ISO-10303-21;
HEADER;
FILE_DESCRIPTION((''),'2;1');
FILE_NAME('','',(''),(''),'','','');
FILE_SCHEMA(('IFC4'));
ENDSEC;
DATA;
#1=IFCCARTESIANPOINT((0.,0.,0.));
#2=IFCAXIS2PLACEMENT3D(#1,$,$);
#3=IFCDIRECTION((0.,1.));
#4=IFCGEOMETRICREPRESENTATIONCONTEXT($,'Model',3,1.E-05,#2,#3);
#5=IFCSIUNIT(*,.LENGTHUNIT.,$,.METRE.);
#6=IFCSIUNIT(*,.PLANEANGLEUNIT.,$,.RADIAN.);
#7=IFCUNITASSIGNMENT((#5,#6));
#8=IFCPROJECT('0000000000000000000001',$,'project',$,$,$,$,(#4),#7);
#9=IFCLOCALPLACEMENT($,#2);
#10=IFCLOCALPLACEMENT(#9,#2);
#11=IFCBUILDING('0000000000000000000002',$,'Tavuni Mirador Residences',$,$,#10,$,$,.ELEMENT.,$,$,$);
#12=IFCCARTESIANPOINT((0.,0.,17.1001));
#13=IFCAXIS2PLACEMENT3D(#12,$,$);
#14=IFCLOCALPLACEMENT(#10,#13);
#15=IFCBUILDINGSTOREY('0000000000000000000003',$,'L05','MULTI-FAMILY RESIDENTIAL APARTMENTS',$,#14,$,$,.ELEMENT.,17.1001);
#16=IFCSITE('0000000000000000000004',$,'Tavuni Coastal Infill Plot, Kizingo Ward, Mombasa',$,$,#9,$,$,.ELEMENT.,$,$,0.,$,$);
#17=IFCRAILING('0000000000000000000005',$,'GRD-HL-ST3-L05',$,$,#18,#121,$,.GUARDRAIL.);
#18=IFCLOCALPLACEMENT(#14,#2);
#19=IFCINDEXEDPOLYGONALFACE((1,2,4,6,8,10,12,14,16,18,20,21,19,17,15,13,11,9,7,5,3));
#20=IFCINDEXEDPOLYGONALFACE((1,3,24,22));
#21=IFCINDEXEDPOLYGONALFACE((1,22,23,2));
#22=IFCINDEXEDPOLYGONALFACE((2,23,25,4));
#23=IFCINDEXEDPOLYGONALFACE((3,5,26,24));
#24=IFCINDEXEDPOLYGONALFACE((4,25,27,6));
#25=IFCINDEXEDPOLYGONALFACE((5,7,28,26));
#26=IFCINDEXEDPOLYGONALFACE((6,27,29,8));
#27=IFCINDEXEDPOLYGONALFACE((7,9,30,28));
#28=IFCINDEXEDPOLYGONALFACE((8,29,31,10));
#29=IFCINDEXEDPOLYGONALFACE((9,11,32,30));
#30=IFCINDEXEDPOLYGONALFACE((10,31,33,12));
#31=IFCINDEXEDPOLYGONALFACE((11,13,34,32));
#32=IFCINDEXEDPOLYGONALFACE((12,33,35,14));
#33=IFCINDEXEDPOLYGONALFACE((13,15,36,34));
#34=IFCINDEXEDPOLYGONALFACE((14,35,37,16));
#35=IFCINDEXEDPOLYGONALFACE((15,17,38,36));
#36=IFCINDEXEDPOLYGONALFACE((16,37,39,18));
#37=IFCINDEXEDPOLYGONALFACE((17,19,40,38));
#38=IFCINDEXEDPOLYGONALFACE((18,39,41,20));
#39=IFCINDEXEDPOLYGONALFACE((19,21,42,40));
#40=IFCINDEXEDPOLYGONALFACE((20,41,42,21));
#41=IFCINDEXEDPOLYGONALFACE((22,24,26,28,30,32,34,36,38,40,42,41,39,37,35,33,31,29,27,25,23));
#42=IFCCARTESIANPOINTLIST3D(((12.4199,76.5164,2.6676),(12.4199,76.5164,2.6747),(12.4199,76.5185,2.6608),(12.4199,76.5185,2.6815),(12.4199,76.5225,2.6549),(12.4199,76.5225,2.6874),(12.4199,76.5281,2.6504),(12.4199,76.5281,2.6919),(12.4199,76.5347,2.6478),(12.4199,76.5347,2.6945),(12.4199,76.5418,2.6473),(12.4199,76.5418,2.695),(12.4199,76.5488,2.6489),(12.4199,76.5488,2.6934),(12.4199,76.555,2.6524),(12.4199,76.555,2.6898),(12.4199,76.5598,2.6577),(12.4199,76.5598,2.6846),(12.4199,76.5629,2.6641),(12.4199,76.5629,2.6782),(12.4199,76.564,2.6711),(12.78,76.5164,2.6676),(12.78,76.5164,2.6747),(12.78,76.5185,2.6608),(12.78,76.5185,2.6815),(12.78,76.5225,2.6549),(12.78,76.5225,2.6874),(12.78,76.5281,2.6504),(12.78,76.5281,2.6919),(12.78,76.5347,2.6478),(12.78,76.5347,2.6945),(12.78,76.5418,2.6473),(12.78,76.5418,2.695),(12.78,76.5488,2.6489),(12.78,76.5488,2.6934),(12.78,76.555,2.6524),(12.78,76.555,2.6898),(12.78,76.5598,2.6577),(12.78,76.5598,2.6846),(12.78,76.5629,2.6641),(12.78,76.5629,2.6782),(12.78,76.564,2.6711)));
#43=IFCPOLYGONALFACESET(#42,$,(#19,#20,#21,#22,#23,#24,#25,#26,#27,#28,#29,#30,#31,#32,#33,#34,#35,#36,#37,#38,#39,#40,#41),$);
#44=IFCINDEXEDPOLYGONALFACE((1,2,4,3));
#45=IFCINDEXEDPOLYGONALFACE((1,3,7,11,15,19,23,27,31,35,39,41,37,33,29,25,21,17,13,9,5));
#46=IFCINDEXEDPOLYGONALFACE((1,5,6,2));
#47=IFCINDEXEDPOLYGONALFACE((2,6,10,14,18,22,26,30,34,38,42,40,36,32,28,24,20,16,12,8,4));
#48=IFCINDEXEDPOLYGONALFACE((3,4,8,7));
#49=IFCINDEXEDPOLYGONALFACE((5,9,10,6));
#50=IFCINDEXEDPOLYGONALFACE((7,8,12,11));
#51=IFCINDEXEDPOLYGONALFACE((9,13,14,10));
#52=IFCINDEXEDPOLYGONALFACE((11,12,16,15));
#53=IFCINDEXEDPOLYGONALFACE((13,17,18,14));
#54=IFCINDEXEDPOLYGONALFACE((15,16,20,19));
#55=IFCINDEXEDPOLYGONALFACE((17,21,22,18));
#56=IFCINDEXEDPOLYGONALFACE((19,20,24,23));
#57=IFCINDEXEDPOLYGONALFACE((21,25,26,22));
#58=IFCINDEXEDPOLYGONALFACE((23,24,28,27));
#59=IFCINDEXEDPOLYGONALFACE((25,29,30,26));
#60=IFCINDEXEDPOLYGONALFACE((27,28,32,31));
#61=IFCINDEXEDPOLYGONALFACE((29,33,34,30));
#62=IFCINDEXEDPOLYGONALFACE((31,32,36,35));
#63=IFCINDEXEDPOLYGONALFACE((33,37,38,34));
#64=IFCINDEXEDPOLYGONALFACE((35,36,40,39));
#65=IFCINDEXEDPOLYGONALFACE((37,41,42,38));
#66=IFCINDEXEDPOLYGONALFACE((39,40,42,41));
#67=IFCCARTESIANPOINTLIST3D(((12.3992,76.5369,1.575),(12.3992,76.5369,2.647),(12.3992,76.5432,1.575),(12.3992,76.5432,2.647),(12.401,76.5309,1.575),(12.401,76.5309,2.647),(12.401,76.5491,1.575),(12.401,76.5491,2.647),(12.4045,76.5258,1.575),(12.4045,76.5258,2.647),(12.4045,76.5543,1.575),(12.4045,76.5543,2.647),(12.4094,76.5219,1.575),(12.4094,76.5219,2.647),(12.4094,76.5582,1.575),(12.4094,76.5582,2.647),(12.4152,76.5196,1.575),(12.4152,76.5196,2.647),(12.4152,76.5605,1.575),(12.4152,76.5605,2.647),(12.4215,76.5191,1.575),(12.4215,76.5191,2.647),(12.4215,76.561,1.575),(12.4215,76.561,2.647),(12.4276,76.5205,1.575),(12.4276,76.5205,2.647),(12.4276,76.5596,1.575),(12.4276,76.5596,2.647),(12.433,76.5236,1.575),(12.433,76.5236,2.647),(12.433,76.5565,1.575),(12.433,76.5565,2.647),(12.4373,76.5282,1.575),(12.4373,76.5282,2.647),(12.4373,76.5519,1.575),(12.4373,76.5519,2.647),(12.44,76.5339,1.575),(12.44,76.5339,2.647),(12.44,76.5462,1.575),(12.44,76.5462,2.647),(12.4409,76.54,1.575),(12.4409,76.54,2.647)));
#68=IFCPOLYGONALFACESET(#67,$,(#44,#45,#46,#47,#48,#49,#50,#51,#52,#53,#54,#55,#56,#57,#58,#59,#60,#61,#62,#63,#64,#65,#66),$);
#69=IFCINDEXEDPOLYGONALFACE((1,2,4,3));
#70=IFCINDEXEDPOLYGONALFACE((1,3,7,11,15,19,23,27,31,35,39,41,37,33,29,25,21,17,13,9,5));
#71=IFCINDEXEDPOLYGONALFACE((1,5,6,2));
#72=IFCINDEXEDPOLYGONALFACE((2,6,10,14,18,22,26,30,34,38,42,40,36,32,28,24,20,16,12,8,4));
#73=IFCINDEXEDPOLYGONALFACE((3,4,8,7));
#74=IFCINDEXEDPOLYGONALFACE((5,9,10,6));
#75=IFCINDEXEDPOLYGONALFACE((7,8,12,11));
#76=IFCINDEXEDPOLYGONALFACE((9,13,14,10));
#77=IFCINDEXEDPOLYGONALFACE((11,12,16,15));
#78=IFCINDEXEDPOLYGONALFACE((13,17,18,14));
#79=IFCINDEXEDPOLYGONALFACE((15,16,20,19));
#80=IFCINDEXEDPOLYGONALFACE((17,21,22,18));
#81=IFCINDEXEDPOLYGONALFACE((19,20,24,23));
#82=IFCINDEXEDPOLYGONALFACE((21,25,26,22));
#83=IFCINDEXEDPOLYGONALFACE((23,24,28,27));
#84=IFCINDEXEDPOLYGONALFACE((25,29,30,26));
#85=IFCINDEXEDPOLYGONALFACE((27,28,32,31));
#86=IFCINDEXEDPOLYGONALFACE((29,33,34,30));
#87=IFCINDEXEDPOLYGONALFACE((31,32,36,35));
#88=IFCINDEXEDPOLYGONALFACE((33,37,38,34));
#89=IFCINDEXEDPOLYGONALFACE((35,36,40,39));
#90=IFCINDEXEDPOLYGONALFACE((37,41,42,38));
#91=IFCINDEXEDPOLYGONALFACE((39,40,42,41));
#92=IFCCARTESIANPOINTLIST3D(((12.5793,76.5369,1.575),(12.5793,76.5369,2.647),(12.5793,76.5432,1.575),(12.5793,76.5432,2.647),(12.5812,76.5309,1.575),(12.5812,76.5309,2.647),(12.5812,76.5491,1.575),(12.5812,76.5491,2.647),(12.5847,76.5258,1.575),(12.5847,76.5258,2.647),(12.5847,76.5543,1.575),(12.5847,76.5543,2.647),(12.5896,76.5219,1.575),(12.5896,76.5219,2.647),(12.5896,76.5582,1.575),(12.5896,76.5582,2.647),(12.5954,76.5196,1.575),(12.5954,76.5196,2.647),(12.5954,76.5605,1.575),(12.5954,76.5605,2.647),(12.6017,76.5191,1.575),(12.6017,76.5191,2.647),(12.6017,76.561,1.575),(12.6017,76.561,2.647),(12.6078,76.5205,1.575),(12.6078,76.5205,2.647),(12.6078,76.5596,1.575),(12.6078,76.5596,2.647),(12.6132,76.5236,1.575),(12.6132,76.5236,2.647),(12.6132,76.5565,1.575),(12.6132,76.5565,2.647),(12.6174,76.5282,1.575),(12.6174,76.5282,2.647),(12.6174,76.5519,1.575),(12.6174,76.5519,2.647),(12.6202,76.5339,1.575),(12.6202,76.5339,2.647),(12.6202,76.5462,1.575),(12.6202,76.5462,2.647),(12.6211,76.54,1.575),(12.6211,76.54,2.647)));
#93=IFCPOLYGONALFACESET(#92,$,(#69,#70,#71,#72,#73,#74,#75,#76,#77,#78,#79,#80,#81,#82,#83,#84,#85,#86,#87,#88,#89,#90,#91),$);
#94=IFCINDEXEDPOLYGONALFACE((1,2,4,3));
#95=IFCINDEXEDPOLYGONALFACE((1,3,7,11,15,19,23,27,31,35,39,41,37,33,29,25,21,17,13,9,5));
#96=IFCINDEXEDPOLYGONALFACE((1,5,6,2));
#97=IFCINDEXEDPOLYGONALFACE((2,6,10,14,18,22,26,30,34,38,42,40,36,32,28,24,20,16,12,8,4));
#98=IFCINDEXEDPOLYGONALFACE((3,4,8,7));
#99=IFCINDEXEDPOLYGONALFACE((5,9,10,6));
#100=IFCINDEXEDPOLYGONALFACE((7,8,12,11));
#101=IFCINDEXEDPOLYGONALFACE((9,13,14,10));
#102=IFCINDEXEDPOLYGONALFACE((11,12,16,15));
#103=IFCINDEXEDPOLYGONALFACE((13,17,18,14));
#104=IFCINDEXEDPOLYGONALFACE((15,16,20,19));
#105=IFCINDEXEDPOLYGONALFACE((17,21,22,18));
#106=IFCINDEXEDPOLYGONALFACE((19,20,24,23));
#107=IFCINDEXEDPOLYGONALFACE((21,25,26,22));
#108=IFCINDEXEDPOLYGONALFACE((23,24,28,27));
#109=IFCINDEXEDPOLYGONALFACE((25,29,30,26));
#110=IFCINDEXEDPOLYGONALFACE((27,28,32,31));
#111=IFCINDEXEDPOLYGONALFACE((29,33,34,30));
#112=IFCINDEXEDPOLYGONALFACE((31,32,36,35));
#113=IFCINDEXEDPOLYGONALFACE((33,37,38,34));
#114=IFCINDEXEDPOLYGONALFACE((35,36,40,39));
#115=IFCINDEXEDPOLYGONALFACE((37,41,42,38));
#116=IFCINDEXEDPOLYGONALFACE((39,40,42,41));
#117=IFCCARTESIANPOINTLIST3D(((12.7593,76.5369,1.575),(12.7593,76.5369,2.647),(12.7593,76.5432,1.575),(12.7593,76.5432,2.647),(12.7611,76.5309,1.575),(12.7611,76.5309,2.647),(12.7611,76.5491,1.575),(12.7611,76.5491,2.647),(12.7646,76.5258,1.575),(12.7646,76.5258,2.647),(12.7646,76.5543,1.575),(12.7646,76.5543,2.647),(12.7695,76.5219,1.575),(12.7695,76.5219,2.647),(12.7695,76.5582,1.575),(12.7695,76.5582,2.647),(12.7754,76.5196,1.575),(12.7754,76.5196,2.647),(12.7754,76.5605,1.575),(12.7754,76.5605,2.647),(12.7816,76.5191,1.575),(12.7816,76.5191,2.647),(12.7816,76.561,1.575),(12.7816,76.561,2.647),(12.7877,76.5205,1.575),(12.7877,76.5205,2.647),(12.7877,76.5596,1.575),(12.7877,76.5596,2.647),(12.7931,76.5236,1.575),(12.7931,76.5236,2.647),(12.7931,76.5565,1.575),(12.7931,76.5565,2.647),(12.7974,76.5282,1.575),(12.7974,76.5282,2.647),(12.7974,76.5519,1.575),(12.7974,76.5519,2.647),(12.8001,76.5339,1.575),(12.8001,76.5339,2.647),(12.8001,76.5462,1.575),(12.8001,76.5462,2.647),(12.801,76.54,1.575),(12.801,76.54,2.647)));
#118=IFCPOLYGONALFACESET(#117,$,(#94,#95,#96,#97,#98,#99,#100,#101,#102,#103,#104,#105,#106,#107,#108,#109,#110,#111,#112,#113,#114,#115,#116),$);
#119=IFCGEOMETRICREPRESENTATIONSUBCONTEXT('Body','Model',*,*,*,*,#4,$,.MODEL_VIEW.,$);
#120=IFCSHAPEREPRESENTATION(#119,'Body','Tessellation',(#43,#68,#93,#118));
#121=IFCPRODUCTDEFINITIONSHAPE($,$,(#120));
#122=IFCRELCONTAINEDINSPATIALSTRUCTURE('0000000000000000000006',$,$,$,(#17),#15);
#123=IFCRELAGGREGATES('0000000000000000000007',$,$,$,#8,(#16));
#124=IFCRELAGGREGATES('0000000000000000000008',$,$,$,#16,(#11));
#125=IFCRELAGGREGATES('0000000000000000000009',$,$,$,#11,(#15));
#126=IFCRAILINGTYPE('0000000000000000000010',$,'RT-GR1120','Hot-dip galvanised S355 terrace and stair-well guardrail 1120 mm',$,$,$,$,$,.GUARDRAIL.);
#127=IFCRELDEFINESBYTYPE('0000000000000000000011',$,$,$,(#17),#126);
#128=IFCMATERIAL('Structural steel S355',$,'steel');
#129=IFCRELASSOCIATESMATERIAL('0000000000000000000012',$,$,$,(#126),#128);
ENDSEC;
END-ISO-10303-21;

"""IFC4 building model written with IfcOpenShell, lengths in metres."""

from ifc_helpers import new_model, si_unit, direction, frame, origin, origin_2d, place, context, subcontext, project, spatial, circle, extrude, material, type_object, element, save


model = new_model("IFC4")

# Units and contexts
model_context = context("Model", 3, precision=1e-05, world=origin(), true_north=direction((0.0, 1.0)))
body_context = subcontext(model_context, "Body", "Model", "MODEL_VIEW")
ifc_project = project(units=[si_unit("LENGTHUNIT", "METRE"), si_unit("PLANEANGLEUNIT", "RADIAN")], contexts=[model_context])

# Site, building, storey
site_placement = place(None, origin())
site = spatial("IfcSite", under=ifc_project, at=site_placement, Name="Tavuni Coastal Infill Plot, Kizingo Ward, Mombasa", CompositionType="ELEMENT", RefElevation=0.0)
building_placement = place(site_placement, origin())
building = spatial("IfcBuilding", under=site, at=building_placement, Name="Tavuni Mirador Residences", CompositionType="ELEMENT")
storey_placement = place(building_placement, frame((0.0, 0.0, 17.1001)))
storey = spatial("IfcBuildingStorey", under=building, at=storey_placement, Name="L05", Description="MULTI-FAMILY RESIDENTIAL APARTMENTS", CompositionType="ELEMENT", Elevation=17.1001)

# Shared definitions
ifc_material_1 = material(Name="Structural steel S355", Category="steel")

# Railing
railing_type_1 = type_object("IfcRailingType", Name="RT-GR1120", Description="Hot-dip galvanised S355 terrace and stair-well guardrail 1120 mm", PredefinedType="GUARDRAIL", material=ifc_material_1)
railing_1_placement = place(storey_placement, frame((12.4199, 76.54, 1.575)))
element("IfcRailing", 1, at=railing_1_placement, inside=storey, type_object=railing_type_1, Name="GRD-HL-ST3-L05", PredefinedType="GUARDRAIL", context=body_context, shape_type="SweptSolid", body=[
    extrude(circle(Radius=0.0239, at=origin_2d()), frame((0.0, 0.0, 1.0962), z_axis=(1.0, 0.0, 0.0), x_axis=(0.0, 1.0, 0.0)), (0.0, 0.0, 1.0), 0.3601),
    extrude(circle(Radius=0.021, at=origin_2d()), origin(), (0.0, 0.0, 1.0), 1.072),
    extrude(circle(Radius=0.021, at=origin_2d()), frame((0.1802, 0.0, 0.0)), (0.0, 0.0, 1.0), 1.072),
    extrude(circle(Radius=0.021, at=origin_2d()), frame((0.3601, 0.0, 0.0)), (0.0, 0.0, 1.0), 1.072),
])

save(model, "model.ifc")
